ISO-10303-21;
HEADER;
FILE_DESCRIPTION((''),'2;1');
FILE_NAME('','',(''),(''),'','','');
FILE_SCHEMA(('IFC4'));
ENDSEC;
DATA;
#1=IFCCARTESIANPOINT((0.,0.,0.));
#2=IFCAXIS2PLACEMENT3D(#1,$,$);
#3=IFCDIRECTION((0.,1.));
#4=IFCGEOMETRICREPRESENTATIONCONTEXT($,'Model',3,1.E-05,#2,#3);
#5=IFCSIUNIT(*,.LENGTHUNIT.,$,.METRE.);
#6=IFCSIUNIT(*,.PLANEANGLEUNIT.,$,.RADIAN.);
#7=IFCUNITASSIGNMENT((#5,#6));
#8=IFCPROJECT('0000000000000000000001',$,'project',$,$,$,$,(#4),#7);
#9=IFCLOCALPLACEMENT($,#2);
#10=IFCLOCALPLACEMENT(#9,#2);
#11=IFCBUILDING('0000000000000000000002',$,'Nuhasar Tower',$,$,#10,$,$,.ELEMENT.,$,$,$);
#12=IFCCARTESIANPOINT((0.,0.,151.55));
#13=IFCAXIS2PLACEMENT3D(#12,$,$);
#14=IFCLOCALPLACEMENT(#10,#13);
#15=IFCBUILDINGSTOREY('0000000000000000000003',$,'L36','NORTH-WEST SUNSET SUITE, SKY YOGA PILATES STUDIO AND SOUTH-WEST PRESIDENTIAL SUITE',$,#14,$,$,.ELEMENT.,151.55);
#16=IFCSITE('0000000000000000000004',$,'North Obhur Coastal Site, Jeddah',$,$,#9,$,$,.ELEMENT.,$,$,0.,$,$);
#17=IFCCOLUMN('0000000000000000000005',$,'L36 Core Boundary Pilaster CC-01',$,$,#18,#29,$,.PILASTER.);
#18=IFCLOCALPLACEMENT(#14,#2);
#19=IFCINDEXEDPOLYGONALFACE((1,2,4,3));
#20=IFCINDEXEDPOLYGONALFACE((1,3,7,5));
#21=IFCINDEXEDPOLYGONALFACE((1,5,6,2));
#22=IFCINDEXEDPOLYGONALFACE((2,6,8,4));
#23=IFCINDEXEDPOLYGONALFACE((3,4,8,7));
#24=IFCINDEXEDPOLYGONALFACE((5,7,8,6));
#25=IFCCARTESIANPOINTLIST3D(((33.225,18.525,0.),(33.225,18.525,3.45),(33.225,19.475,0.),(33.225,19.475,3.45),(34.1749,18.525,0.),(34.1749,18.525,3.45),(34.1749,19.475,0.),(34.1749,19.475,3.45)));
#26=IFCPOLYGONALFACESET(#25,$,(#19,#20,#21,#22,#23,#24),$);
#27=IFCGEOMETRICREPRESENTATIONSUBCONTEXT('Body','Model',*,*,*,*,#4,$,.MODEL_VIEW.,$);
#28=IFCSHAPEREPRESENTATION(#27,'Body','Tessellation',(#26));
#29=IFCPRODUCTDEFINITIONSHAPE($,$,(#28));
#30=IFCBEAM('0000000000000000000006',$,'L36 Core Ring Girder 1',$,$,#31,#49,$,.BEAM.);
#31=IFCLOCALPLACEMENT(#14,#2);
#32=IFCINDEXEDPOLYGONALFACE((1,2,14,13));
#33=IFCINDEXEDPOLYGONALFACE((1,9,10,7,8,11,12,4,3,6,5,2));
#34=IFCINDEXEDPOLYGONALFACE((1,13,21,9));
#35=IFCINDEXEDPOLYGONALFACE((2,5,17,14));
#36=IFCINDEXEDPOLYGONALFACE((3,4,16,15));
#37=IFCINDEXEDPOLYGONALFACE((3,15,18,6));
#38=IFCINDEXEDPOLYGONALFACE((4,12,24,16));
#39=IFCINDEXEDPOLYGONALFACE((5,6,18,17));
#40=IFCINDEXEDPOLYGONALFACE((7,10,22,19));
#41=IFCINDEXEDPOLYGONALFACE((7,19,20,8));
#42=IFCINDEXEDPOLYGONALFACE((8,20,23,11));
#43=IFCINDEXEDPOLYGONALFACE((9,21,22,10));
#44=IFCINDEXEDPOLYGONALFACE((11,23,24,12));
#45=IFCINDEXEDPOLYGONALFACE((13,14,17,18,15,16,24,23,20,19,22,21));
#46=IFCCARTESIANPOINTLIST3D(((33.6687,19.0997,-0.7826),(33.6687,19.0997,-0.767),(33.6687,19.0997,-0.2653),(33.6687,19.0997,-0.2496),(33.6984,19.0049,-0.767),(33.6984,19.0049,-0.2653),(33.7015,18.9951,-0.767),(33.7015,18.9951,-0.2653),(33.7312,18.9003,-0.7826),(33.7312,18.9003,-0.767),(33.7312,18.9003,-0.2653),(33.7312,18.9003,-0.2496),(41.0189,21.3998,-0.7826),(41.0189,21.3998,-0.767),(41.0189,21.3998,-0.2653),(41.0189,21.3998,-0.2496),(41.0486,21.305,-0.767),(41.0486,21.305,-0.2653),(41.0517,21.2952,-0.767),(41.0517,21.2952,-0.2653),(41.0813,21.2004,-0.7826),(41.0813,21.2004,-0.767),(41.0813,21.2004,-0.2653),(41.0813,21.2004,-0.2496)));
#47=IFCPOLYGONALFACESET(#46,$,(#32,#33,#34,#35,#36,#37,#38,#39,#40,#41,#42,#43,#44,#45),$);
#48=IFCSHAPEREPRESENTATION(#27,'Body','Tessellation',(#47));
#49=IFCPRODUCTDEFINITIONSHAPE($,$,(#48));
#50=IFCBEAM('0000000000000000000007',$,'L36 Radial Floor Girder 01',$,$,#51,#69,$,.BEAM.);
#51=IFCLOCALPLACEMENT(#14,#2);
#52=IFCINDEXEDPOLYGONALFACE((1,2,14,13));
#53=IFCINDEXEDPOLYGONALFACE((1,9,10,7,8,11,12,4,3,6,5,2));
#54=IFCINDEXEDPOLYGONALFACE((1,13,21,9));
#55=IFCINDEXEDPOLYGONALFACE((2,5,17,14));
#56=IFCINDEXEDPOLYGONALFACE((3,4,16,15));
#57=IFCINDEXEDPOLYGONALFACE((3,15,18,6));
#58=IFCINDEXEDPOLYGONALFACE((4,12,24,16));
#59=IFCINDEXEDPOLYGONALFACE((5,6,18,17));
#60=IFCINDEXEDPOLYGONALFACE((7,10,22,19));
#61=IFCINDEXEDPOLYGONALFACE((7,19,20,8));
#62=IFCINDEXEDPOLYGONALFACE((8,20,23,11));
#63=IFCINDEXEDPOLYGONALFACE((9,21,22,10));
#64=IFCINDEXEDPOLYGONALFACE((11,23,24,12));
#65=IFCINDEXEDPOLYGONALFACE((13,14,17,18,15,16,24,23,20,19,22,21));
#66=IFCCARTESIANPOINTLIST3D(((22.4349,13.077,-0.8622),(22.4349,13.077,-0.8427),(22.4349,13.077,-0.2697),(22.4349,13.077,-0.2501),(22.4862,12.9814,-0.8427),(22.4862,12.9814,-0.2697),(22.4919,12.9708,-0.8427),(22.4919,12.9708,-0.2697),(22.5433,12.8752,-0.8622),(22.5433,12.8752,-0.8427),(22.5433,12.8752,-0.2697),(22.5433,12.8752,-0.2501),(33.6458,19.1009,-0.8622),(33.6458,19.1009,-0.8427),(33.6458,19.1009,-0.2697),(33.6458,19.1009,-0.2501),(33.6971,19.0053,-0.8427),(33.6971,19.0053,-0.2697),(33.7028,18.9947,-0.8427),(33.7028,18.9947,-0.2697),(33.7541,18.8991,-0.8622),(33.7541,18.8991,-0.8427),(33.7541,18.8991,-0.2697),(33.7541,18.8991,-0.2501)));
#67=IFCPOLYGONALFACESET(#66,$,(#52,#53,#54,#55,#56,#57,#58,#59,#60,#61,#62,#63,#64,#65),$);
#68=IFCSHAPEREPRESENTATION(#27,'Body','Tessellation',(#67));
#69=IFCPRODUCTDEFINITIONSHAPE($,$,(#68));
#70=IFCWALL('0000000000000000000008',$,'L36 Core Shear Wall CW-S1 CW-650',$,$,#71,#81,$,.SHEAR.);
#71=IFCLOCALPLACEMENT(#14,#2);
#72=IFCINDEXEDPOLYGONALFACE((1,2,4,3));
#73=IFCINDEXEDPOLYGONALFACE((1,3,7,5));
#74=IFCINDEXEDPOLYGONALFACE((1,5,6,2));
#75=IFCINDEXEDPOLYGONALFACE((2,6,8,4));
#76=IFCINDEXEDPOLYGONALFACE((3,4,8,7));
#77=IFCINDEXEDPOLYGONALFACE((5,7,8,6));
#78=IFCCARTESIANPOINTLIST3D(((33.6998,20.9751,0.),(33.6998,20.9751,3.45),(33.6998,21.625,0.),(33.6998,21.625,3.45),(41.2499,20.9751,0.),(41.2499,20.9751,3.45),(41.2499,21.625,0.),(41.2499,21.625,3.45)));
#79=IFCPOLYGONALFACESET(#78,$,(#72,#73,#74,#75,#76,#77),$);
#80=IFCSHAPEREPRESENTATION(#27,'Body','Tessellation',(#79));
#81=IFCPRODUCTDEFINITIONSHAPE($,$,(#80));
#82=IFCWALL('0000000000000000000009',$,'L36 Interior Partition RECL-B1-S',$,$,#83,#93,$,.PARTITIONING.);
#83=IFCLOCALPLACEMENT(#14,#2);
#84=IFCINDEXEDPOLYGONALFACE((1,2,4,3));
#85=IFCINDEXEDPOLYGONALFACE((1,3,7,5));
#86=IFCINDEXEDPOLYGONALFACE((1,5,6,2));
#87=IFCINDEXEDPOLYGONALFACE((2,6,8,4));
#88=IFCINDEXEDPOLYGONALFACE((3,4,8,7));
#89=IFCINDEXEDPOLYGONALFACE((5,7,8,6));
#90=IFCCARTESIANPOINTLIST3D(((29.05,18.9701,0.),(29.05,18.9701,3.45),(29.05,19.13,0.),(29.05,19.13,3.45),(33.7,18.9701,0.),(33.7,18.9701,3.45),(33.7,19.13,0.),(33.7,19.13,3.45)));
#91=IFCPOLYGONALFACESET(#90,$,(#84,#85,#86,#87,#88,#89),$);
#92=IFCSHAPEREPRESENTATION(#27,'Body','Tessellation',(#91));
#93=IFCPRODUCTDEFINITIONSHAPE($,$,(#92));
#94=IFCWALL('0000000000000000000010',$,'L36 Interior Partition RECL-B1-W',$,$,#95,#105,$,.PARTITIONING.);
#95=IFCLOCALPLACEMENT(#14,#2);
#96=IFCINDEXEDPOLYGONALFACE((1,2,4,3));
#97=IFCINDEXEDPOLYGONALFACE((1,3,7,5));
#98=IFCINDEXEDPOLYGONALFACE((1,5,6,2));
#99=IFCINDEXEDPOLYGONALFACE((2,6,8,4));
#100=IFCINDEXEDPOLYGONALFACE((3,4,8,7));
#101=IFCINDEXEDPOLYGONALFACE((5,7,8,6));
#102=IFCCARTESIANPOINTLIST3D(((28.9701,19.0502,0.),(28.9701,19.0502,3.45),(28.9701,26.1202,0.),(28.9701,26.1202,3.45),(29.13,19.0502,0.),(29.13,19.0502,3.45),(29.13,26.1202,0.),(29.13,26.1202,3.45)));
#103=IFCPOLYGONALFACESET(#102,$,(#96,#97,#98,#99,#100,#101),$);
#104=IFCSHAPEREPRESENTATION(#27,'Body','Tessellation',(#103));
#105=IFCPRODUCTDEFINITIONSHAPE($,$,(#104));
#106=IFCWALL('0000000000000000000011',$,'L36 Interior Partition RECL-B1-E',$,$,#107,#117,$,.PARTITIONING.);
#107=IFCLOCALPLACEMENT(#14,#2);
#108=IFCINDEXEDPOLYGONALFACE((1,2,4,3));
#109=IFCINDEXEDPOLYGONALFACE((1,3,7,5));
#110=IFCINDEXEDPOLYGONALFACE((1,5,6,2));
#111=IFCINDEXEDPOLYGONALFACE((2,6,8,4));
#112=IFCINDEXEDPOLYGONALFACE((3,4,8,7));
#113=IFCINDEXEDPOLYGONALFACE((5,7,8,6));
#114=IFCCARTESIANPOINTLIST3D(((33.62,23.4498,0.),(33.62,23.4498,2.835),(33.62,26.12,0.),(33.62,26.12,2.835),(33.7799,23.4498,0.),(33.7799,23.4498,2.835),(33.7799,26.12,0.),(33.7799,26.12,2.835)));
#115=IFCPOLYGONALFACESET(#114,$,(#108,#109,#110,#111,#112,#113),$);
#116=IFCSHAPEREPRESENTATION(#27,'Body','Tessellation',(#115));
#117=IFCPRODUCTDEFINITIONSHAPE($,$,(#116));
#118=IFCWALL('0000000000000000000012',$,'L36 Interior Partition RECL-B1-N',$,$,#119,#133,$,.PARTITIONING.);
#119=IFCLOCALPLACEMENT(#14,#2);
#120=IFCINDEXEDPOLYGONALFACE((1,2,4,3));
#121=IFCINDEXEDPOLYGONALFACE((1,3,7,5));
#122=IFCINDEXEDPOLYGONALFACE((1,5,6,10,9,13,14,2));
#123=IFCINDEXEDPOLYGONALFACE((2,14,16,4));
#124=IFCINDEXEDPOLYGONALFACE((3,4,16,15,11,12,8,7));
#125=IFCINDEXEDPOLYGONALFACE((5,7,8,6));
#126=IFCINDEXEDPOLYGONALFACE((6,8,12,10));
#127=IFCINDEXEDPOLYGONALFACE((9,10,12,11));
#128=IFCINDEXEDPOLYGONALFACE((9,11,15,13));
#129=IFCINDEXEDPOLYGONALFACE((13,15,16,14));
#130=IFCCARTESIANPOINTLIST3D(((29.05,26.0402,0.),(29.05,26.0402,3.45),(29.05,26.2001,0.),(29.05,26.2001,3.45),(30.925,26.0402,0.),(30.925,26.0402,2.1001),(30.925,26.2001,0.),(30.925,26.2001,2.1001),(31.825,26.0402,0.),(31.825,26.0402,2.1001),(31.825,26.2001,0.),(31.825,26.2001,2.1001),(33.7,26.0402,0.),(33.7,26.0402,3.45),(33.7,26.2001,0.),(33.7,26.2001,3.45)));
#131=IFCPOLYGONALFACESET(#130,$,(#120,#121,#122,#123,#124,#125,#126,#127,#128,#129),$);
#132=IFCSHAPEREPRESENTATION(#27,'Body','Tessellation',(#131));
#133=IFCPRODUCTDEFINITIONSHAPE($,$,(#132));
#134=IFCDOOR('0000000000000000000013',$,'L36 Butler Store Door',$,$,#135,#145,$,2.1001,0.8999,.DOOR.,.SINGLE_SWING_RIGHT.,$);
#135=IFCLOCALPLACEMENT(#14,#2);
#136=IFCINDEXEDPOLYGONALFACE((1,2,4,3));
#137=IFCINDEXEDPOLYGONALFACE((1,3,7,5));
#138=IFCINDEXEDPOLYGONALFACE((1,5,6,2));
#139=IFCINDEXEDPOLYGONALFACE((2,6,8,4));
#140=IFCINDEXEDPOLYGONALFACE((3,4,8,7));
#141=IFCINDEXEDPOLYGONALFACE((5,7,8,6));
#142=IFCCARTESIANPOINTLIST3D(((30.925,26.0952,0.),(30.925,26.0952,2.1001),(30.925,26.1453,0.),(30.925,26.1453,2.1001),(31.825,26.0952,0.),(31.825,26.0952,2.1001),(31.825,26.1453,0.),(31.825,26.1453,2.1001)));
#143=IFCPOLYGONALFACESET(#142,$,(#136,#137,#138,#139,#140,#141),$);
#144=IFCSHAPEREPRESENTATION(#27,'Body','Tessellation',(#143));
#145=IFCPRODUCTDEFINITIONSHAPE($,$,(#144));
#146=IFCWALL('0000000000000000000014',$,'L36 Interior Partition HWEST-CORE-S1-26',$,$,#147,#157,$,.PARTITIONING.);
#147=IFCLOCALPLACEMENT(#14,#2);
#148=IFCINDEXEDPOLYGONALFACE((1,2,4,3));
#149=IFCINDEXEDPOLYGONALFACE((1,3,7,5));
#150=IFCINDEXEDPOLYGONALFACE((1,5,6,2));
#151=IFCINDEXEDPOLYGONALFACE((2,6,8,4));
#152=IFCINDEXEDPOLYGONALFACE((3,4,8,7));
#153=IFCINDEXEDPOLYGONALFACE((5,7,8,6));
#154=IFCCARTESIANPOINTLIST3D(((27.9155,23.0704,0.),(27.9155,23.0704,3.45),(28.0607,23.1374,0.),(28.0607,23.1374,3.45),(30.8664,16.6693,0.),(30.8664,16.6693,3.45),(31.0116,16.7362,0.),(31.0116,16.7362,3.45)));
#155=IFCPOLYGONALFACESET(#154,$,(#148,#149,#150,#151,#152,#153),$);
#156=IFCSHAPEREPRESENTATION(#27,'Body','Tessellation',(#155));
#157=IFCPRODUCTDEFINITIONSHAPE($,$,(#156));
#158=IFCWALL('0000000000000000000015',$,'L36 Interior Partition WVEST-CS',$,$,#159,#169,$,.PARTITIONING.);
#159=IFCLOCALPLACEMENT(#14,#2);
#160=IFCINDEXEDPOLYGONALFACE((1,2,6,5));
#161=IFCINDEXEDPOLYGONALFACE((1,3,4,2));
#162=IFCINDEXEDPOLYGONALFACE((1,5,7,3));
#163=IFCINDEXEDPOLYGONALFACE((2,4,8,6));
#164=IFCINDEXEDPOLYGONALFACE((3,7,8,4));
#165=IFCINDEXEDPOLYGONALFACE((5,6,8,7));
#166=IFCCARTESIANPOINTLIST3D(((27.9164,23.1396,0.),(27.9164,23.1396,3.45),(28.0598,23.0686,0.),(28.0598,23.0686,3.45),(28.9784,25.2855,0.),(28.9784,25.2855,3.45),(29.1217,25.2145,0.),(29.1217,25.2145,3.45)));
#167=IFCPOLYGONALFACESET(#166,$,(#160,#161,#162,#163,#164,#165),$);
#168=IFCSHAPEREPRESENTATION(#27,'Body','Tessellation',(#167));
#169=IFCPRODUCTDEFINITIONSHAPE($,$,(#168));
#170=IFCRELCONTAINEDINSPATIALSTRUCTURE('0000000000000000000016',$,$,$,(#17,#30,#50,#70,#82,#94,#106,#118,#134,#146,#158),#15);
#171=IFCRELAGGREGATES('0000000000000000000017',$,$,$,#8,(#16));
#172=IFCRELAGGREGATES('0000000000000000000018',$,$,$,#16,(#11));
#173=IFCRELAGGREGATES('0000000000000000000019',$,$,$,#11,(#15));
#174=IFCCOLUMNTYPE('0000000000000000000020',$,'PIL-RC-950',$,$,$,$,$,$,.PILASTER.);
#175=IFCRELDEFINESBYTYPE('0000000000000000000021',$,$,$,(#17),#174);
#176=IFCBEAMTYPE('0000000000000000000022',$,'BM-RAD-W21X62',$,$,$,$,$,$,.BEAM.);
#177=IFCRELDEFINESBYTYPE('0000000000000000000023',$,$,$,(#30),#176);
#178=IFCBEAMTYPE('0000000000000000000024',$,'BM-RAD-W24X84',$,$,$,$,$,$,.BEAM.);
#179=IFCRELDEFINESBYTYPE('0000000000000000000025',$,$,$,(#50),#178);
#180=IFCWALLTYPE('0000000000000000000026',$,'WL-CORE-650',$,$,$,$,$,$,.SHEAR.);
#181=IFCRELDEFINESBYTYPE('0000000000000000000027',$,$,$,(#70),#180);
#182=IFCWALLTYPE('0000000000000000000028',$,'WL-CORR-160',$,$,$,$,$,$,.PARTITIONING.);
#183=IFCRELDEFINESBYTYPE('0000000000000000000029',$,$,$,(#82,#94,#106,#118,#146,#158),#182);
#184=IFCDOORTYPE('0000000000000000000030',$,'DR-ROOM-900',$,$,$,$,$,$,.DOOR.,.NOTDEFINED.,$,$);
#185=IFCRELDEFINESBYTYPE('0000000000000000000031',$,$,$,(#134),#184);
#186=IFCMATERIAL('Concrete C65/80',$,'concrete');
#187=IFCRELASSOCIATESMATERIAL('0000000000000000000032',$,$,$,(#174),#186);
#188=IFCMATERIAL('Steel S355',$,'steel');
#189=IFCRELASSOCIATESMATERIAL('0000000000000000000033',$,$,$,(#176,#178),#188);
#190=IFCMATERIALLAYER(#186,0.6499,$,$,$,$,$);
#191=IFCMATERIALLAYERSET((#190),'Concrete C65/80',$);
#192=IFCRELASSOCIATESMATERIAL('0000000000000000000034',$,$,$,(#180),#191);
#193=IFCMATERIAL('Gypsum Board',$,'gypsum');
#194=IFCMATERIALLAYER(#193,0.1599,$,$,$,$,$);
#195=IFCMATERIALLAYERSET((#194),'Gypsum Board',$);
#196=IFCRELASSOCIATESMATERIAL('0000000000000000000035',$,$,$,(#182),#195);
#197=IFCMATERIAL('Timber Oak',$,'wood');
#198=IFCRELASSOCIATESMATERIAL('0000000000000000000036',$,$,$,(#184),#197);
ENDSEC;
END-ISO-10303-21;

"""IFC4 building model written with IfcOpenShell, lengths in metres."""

from ifc_helpers import new_model, si_unit, direction, frame, frame_2d, origin, origin_2d, place, context, subcontext, project, spatial, rectangle, i_section, extrude, material, layer, layer_set, material_profile, profile_set, type_object, element, fill, save


model = new_model("IFC4")

# Units and contexts
model_context = context("Model", 3, precision=1e-05, world=origin(), true_north=direction((0.0, 1.0)))
body_context = subcontext(model_context, "Body", "Model", "MODEL_VIEW")
ifc_project = project(units=[si_unit("LENGTHUNIT", "METRE"), si_unit("PLANEANGLEUNIT", "RADIAN")], contexts=[model_context])

# Site, building, storey
site_placement = place(None, origin())
site = spatial("IfcSite", under=ifc_project, at=site_placement, Name="North Obhur Coastal Site, Jeddah", CompositionType="ELEMENT", RefElevation=0.0)
building_placement = place(site_placement, origin())
building = spatial("IfcBuilding", under=site, at=building_placement, Name="Nuhasar Tower", CompositionType="ELEMENT")
storey_placement = place(building_placement, frame((0.0, 0.0, 151.55)))
storey = spatial("IfcBuildingStorey", under=building, at=storey_placement, Name="L36", Description="NORTH-WEST SUNSET SUITE, SKY YOGA PILATES STUDIO AND SOUTH-WEST PRESIDENTIAL SUITE", CompositionType="ELEMENT", Elevation=151.55)

# Column
ifc_material_1 = material(Name="Concrete C65/80", Category="concrete")
ifc_material_profile_1 = material_profile(ifc_material_1, rectangle(XDim=0.95, YDim=0.95, at=origin_2d()), Name="RC950X950")
ifc_profile_set_1 = profile_set([ifc_material_profile_1], Name="Concrete C65/80")
column_type = type_object("IfcColumnType", Name="PIL-RC-950", PredefinedType="PILASTER", material=ifc_profile_set_1)
column_placement = place(storey_placement, frame((33.7, 19.0, 0.0), z_axis=(0.0, 0.0, 1.0), x_axis=(1.0, 0.0, 0.0)))
element("IfcColumn", 1, at=column_placement, inside=storey, type_object=column_type, Name="L36 Core Boundary Pilaster CC-01", PredefinedType="PILASTER", context=body_context, shape_type="SweptSolid", body=[
    extrude(rectangle(XDim=0.95, YDim=0.95, at=origin_2d()), origin(), (0.0, 0.0, 1.0), 3.45),
])

# Beams
ifc_material_2 = material(Name="Steel S355", Category="steel")
ifc_material_profile_2 = material_profile(ifc_material_2, i_section(OverallWidth=0.209, OverallDepth=0.533, WebThickness=0.0103, FlangeThickness=0.0156, at=origin_2d()), Name="W21X62")
ifc_profile_set_2 = profile_set([ifc_material_profile_2], Name="Steel S355")
beam_type_1 = type_object("IfcBeamType", Name="BM-RAD-W21X62", PredefinedType="BEAM", material=ifc_profile_set_2)
beam_1_placement = place(storey_placement, frame((33.7, 19.0, -0.5161), z_axis=(0.954364, 0.298647, 0.0), x_axis=(-0.298647, 0.954364, 0.0)))
element("IfcBeam", 2, at=beam_1_placement, inside=storey, type_object=beam_type_1, Name="L36 Core Ring Girder 1", PredefinedType="BEAM", context=body_context, shape_type="SweptSolid", body=[
    extrude(i_section(OverallWidth=0.209, OverallDepth=0.533, WebThickness=0.0103, FlangeThickness=0.0156, at=origin_2d()), origin(), (0.0, 0.0, 1.0), 7.7017),
])
ifc_material_profile_3 = material_profile(ifc_material_2, i_section(OverallWidth=0.229, OverallDepth=0.6121, WebThickness=0.012, FlangeThickness=0.0195, at=origin_2d()), Name="W24X84")
ifc_profile_set_3 = profile_set([ifc_material_profile_3], Name="Steel S355")
beam_type_2 = type_object("IfcBeamType", Name="BM-RAD-W24X84", PredefinedType="BEAM", material=ifc_profile_set_3)
beam_2_placement = place(storey_placement, frame((33.7, 19.0, -0.5562), z_axis=(-0.880888, -0.473324, 0.0), x_axis=(0.473324, -0.880888, 0.0)))
element("IfcBeam", 3, at=beam_2_placement, inside=storey, type_object=beam_type_2, Name="L36 Radial Floor Girder 01", PredefinedType="BEAM", context=body_context, shape_type="SweptSolid", body=[
    extrude(i_section(OverallWidth=0.229, OverallDepth=0.6121, WebThickness=0.012, FlangeThickness=0.0195, at=origin_2d()), origin(), (0.0, 0.0, 1.0), 12.7268),
])

# Walls
ifc_layer_1 = layer(ifc_material_1, 0.6499)
ifc_layer_set_1 = layer_set([ifc_layer_1], Name="Concrete C65/80")
wall_type_1 = type_object("IfcWallType", Name="WL-CORE-650", PredefinedType="SHEAR", material=ifc_layer_set_1)
wall_1_placement = place(storey_placement, frame((33.7, 21.3, 0.0), z_axis=(0.0, 0.0, 1.0), x_axis=(1.0, 0.0, 0.0)))
element("IfcWall", 4, at=wall_1_placement, inside=storey, type_object=wall_type_1, Name="L36 Core Shear Wall CW-S1 CW-650", PredefinedType="SHEAR", context=body_context, shape_type="SweptSolid", body=[
    extrude(rectangle(XDim=7.55, YDim=0.6499, at=frame_2d((3.7749, 0.0))), origin(), (0.0, 0.0, 1.0), 3.45),
])
ifc_material_3 = material(Name="Gypsum Board", Category="gypsum")
ifc_layer_2 = layer(ifc_material_3, 0.1599)
ifc_layer_set_2 = layer_set([ifc_layer_2], Name="Gypsum Board")
wall_type_2 = type_object("IfcWallType", Name="WL-CORR-160", PredefinedType="PARTITIONING", material=ifc_layer_set_2)
wall_2_placement = place(storey_placement, frame((29.05, 19.05, 0.0), z_axis=(0.0, 0.0, 1.0), x_axis=(1.0, 0.0, 0.0)))
element("IfcWall", 5, at=wall_2_placement, inside=storey, type_object=wall_type_2, Name="L36 Interior Partition RECL-B1-S", PredefinedType="PARTITIONING", context=body_context, shape_type="SweptSolid", body=[
    extrude(rectangle(XDim=4.6499, YDim=0.1599, at=frame_2d((2.325, 0.0))), origin(), (0.0, 0.0, 1.0), 3.45),
])
wall_3_placement = place(storey_placement, frame((29.05, 19.05, 0.0), z_axis=(0.0, 0.0, 1.0), x_axis=(0.0, 1.0, 0.0)))
element("IfcWall", 6, at=wall_3_placement, inside=storey, type_object=wall_type_2, Name="L36 Interior Partition RECL-B1-W", PredefinedType="PARTITIONING", context=body_context, shape_type="SweptSolid", body=[
    extrude(rectangle(XDim=7.0701, YDim=0.1599, at=frame_2d((3.5352, 0.0))), origin(), (0.0, 0.0, 1.0), 3.45),
])
wall_4_placement = place(storey_placement, frame((33.7, 23.45, 0.0), z_axis=(0.0, 0.0, 1.0), x_axis=(0.0, 1.0, 0.0)))
element("IfcWall", 7, at=wall_4_placement, inside=storey, type_object=wall_type_2, Name="L36 Interior Partition RECL-B1-E", PredefinedType="PARTITIONING", context=body_context, shape_type="SweptSolid", body=[
    extrude(rectangle(XDim=2.6702, YDim=0.1599, at=frame_2d((1.335, 0.0))), origin(), (0.0, 0.0, 1.0), 2.835),
])

# Wall, opening, door
wall_5_placement = place(storey_placement, frame((33.7, 26.1201, 0.0), z_axis=(0.0, 0.0, 1.0), x_axis=(-1.0, 0.0, 0.0)))
wall_5 = element("IfcWall", 8, at=wall_5_placement, inside=storey, type_object=wall_type_2, Name="L36 Interior Partition RECL-B1-N", PredefinedType="PARTITIONING", context=body_context, shape_type="SweptSolid", body=[
    extrude(rectangle(XDim=4.6499, YDim=0.1599, at=frame_2d((2.325, 0.0))), origin(), (0.0, 0.0, 1.0), 3.45),
])
opening_1_placement = place(wall_5_placement, frame((1.875, 0.0, 0.0)))
opening_1 = element("IfcOpeningElement", 9, at=opening_1_placement, cuts=wall_5, PredefinedType="OPENING", context=body_context, shape_type="SweptSolid", body=[
    extrude(rectangle(XDim=0.8999, YDim=2.1001, at=frame_2d((0.45, 1.05))), frame((0.0, 0.0898, 0.0), z_axis=(0.0, -1.0, 0.0), x_axis=(1.0, 0.0, 0.0)), (0.0, 0.0, 1.0), 0.1799),
])
ifc_material_4 = material(Name="Timber Oak", Category="wood")
door_type_1 = type_object("IfcDoorType", Name="DR-ROOM-900", OperationType="NOTDEFINED", PredefinedType="DOOR", material=ifc_material_4)
door_1_placement = place(opening_1_placement, origin())
door_1 = element("IfcDoor", 10, at=door_1_placement, inside=storey, type_object=door_type_1, Name="L36 Butler Store Door", OperationType="SINGLE_SWING_RIGHT", OverallHeight=2.1001, OverallWidth=0.8999, PredefinedType="DOOR", context=body_context, shape_type="SweptSolid", body=[
    extrude(rectangle(XDim=0.8999, YDim=2.1001, at=frame_2d((0.45, 1.05))), frame((0.0, 0.0249, 0.0), z_axis=(0.0, -1.0, 0.0), x_axis=(1.0, 0.0, 0.0)), (0.0, 0.0, 1.0), 0.05),
])
fill(opening_1, door_1)

# Walls
wall_6_placement = place(storey_placement, frame((27.988, 23.104, 0.0), z_axis=(0.0, 0.0, 1.0), x_axis=(0.418656, -0.908145, 0.0)))
element("IfcWall", 11, at=wall_6_placement, inside=storey, type_object=wall_type_2, Name="L36 Interior Partition HWEST-CORE-S1-26", PredefinedType="PARTITIONING", context=body_context, shape_type="SweptSolid", body=[
    extrude(rectangle(XDim=7.0486, YDim=0.1599, at=frame_2d((3.5244, 0.0))), origin(), (0.0, 0.0, 1.0), 3.45),
])
wall_7_placement = place(storey_placement, frame((27.988, 23.104, 0.0), z_axis=(0.0, 0.0, 1.0), x_axis=(0.443539, 0.896255, 0.0)))
element("IfcWall", 12, at=wall_7_placement, inside=storey, type_object=wall_type_2, Name="L36 Interior Partition WVEST-CS", PredefinedType="PARTITIONING", context=body_context, shape_type="SweptSolid", body=[
    extrude(rectangle(XDim=2.3943, YDim=0.1599, at=frame_2d((1.1973, 0.0))), origin(), (0.0, 0.0, 1.0), 3.45),
])

save(model, "model.ifc")
